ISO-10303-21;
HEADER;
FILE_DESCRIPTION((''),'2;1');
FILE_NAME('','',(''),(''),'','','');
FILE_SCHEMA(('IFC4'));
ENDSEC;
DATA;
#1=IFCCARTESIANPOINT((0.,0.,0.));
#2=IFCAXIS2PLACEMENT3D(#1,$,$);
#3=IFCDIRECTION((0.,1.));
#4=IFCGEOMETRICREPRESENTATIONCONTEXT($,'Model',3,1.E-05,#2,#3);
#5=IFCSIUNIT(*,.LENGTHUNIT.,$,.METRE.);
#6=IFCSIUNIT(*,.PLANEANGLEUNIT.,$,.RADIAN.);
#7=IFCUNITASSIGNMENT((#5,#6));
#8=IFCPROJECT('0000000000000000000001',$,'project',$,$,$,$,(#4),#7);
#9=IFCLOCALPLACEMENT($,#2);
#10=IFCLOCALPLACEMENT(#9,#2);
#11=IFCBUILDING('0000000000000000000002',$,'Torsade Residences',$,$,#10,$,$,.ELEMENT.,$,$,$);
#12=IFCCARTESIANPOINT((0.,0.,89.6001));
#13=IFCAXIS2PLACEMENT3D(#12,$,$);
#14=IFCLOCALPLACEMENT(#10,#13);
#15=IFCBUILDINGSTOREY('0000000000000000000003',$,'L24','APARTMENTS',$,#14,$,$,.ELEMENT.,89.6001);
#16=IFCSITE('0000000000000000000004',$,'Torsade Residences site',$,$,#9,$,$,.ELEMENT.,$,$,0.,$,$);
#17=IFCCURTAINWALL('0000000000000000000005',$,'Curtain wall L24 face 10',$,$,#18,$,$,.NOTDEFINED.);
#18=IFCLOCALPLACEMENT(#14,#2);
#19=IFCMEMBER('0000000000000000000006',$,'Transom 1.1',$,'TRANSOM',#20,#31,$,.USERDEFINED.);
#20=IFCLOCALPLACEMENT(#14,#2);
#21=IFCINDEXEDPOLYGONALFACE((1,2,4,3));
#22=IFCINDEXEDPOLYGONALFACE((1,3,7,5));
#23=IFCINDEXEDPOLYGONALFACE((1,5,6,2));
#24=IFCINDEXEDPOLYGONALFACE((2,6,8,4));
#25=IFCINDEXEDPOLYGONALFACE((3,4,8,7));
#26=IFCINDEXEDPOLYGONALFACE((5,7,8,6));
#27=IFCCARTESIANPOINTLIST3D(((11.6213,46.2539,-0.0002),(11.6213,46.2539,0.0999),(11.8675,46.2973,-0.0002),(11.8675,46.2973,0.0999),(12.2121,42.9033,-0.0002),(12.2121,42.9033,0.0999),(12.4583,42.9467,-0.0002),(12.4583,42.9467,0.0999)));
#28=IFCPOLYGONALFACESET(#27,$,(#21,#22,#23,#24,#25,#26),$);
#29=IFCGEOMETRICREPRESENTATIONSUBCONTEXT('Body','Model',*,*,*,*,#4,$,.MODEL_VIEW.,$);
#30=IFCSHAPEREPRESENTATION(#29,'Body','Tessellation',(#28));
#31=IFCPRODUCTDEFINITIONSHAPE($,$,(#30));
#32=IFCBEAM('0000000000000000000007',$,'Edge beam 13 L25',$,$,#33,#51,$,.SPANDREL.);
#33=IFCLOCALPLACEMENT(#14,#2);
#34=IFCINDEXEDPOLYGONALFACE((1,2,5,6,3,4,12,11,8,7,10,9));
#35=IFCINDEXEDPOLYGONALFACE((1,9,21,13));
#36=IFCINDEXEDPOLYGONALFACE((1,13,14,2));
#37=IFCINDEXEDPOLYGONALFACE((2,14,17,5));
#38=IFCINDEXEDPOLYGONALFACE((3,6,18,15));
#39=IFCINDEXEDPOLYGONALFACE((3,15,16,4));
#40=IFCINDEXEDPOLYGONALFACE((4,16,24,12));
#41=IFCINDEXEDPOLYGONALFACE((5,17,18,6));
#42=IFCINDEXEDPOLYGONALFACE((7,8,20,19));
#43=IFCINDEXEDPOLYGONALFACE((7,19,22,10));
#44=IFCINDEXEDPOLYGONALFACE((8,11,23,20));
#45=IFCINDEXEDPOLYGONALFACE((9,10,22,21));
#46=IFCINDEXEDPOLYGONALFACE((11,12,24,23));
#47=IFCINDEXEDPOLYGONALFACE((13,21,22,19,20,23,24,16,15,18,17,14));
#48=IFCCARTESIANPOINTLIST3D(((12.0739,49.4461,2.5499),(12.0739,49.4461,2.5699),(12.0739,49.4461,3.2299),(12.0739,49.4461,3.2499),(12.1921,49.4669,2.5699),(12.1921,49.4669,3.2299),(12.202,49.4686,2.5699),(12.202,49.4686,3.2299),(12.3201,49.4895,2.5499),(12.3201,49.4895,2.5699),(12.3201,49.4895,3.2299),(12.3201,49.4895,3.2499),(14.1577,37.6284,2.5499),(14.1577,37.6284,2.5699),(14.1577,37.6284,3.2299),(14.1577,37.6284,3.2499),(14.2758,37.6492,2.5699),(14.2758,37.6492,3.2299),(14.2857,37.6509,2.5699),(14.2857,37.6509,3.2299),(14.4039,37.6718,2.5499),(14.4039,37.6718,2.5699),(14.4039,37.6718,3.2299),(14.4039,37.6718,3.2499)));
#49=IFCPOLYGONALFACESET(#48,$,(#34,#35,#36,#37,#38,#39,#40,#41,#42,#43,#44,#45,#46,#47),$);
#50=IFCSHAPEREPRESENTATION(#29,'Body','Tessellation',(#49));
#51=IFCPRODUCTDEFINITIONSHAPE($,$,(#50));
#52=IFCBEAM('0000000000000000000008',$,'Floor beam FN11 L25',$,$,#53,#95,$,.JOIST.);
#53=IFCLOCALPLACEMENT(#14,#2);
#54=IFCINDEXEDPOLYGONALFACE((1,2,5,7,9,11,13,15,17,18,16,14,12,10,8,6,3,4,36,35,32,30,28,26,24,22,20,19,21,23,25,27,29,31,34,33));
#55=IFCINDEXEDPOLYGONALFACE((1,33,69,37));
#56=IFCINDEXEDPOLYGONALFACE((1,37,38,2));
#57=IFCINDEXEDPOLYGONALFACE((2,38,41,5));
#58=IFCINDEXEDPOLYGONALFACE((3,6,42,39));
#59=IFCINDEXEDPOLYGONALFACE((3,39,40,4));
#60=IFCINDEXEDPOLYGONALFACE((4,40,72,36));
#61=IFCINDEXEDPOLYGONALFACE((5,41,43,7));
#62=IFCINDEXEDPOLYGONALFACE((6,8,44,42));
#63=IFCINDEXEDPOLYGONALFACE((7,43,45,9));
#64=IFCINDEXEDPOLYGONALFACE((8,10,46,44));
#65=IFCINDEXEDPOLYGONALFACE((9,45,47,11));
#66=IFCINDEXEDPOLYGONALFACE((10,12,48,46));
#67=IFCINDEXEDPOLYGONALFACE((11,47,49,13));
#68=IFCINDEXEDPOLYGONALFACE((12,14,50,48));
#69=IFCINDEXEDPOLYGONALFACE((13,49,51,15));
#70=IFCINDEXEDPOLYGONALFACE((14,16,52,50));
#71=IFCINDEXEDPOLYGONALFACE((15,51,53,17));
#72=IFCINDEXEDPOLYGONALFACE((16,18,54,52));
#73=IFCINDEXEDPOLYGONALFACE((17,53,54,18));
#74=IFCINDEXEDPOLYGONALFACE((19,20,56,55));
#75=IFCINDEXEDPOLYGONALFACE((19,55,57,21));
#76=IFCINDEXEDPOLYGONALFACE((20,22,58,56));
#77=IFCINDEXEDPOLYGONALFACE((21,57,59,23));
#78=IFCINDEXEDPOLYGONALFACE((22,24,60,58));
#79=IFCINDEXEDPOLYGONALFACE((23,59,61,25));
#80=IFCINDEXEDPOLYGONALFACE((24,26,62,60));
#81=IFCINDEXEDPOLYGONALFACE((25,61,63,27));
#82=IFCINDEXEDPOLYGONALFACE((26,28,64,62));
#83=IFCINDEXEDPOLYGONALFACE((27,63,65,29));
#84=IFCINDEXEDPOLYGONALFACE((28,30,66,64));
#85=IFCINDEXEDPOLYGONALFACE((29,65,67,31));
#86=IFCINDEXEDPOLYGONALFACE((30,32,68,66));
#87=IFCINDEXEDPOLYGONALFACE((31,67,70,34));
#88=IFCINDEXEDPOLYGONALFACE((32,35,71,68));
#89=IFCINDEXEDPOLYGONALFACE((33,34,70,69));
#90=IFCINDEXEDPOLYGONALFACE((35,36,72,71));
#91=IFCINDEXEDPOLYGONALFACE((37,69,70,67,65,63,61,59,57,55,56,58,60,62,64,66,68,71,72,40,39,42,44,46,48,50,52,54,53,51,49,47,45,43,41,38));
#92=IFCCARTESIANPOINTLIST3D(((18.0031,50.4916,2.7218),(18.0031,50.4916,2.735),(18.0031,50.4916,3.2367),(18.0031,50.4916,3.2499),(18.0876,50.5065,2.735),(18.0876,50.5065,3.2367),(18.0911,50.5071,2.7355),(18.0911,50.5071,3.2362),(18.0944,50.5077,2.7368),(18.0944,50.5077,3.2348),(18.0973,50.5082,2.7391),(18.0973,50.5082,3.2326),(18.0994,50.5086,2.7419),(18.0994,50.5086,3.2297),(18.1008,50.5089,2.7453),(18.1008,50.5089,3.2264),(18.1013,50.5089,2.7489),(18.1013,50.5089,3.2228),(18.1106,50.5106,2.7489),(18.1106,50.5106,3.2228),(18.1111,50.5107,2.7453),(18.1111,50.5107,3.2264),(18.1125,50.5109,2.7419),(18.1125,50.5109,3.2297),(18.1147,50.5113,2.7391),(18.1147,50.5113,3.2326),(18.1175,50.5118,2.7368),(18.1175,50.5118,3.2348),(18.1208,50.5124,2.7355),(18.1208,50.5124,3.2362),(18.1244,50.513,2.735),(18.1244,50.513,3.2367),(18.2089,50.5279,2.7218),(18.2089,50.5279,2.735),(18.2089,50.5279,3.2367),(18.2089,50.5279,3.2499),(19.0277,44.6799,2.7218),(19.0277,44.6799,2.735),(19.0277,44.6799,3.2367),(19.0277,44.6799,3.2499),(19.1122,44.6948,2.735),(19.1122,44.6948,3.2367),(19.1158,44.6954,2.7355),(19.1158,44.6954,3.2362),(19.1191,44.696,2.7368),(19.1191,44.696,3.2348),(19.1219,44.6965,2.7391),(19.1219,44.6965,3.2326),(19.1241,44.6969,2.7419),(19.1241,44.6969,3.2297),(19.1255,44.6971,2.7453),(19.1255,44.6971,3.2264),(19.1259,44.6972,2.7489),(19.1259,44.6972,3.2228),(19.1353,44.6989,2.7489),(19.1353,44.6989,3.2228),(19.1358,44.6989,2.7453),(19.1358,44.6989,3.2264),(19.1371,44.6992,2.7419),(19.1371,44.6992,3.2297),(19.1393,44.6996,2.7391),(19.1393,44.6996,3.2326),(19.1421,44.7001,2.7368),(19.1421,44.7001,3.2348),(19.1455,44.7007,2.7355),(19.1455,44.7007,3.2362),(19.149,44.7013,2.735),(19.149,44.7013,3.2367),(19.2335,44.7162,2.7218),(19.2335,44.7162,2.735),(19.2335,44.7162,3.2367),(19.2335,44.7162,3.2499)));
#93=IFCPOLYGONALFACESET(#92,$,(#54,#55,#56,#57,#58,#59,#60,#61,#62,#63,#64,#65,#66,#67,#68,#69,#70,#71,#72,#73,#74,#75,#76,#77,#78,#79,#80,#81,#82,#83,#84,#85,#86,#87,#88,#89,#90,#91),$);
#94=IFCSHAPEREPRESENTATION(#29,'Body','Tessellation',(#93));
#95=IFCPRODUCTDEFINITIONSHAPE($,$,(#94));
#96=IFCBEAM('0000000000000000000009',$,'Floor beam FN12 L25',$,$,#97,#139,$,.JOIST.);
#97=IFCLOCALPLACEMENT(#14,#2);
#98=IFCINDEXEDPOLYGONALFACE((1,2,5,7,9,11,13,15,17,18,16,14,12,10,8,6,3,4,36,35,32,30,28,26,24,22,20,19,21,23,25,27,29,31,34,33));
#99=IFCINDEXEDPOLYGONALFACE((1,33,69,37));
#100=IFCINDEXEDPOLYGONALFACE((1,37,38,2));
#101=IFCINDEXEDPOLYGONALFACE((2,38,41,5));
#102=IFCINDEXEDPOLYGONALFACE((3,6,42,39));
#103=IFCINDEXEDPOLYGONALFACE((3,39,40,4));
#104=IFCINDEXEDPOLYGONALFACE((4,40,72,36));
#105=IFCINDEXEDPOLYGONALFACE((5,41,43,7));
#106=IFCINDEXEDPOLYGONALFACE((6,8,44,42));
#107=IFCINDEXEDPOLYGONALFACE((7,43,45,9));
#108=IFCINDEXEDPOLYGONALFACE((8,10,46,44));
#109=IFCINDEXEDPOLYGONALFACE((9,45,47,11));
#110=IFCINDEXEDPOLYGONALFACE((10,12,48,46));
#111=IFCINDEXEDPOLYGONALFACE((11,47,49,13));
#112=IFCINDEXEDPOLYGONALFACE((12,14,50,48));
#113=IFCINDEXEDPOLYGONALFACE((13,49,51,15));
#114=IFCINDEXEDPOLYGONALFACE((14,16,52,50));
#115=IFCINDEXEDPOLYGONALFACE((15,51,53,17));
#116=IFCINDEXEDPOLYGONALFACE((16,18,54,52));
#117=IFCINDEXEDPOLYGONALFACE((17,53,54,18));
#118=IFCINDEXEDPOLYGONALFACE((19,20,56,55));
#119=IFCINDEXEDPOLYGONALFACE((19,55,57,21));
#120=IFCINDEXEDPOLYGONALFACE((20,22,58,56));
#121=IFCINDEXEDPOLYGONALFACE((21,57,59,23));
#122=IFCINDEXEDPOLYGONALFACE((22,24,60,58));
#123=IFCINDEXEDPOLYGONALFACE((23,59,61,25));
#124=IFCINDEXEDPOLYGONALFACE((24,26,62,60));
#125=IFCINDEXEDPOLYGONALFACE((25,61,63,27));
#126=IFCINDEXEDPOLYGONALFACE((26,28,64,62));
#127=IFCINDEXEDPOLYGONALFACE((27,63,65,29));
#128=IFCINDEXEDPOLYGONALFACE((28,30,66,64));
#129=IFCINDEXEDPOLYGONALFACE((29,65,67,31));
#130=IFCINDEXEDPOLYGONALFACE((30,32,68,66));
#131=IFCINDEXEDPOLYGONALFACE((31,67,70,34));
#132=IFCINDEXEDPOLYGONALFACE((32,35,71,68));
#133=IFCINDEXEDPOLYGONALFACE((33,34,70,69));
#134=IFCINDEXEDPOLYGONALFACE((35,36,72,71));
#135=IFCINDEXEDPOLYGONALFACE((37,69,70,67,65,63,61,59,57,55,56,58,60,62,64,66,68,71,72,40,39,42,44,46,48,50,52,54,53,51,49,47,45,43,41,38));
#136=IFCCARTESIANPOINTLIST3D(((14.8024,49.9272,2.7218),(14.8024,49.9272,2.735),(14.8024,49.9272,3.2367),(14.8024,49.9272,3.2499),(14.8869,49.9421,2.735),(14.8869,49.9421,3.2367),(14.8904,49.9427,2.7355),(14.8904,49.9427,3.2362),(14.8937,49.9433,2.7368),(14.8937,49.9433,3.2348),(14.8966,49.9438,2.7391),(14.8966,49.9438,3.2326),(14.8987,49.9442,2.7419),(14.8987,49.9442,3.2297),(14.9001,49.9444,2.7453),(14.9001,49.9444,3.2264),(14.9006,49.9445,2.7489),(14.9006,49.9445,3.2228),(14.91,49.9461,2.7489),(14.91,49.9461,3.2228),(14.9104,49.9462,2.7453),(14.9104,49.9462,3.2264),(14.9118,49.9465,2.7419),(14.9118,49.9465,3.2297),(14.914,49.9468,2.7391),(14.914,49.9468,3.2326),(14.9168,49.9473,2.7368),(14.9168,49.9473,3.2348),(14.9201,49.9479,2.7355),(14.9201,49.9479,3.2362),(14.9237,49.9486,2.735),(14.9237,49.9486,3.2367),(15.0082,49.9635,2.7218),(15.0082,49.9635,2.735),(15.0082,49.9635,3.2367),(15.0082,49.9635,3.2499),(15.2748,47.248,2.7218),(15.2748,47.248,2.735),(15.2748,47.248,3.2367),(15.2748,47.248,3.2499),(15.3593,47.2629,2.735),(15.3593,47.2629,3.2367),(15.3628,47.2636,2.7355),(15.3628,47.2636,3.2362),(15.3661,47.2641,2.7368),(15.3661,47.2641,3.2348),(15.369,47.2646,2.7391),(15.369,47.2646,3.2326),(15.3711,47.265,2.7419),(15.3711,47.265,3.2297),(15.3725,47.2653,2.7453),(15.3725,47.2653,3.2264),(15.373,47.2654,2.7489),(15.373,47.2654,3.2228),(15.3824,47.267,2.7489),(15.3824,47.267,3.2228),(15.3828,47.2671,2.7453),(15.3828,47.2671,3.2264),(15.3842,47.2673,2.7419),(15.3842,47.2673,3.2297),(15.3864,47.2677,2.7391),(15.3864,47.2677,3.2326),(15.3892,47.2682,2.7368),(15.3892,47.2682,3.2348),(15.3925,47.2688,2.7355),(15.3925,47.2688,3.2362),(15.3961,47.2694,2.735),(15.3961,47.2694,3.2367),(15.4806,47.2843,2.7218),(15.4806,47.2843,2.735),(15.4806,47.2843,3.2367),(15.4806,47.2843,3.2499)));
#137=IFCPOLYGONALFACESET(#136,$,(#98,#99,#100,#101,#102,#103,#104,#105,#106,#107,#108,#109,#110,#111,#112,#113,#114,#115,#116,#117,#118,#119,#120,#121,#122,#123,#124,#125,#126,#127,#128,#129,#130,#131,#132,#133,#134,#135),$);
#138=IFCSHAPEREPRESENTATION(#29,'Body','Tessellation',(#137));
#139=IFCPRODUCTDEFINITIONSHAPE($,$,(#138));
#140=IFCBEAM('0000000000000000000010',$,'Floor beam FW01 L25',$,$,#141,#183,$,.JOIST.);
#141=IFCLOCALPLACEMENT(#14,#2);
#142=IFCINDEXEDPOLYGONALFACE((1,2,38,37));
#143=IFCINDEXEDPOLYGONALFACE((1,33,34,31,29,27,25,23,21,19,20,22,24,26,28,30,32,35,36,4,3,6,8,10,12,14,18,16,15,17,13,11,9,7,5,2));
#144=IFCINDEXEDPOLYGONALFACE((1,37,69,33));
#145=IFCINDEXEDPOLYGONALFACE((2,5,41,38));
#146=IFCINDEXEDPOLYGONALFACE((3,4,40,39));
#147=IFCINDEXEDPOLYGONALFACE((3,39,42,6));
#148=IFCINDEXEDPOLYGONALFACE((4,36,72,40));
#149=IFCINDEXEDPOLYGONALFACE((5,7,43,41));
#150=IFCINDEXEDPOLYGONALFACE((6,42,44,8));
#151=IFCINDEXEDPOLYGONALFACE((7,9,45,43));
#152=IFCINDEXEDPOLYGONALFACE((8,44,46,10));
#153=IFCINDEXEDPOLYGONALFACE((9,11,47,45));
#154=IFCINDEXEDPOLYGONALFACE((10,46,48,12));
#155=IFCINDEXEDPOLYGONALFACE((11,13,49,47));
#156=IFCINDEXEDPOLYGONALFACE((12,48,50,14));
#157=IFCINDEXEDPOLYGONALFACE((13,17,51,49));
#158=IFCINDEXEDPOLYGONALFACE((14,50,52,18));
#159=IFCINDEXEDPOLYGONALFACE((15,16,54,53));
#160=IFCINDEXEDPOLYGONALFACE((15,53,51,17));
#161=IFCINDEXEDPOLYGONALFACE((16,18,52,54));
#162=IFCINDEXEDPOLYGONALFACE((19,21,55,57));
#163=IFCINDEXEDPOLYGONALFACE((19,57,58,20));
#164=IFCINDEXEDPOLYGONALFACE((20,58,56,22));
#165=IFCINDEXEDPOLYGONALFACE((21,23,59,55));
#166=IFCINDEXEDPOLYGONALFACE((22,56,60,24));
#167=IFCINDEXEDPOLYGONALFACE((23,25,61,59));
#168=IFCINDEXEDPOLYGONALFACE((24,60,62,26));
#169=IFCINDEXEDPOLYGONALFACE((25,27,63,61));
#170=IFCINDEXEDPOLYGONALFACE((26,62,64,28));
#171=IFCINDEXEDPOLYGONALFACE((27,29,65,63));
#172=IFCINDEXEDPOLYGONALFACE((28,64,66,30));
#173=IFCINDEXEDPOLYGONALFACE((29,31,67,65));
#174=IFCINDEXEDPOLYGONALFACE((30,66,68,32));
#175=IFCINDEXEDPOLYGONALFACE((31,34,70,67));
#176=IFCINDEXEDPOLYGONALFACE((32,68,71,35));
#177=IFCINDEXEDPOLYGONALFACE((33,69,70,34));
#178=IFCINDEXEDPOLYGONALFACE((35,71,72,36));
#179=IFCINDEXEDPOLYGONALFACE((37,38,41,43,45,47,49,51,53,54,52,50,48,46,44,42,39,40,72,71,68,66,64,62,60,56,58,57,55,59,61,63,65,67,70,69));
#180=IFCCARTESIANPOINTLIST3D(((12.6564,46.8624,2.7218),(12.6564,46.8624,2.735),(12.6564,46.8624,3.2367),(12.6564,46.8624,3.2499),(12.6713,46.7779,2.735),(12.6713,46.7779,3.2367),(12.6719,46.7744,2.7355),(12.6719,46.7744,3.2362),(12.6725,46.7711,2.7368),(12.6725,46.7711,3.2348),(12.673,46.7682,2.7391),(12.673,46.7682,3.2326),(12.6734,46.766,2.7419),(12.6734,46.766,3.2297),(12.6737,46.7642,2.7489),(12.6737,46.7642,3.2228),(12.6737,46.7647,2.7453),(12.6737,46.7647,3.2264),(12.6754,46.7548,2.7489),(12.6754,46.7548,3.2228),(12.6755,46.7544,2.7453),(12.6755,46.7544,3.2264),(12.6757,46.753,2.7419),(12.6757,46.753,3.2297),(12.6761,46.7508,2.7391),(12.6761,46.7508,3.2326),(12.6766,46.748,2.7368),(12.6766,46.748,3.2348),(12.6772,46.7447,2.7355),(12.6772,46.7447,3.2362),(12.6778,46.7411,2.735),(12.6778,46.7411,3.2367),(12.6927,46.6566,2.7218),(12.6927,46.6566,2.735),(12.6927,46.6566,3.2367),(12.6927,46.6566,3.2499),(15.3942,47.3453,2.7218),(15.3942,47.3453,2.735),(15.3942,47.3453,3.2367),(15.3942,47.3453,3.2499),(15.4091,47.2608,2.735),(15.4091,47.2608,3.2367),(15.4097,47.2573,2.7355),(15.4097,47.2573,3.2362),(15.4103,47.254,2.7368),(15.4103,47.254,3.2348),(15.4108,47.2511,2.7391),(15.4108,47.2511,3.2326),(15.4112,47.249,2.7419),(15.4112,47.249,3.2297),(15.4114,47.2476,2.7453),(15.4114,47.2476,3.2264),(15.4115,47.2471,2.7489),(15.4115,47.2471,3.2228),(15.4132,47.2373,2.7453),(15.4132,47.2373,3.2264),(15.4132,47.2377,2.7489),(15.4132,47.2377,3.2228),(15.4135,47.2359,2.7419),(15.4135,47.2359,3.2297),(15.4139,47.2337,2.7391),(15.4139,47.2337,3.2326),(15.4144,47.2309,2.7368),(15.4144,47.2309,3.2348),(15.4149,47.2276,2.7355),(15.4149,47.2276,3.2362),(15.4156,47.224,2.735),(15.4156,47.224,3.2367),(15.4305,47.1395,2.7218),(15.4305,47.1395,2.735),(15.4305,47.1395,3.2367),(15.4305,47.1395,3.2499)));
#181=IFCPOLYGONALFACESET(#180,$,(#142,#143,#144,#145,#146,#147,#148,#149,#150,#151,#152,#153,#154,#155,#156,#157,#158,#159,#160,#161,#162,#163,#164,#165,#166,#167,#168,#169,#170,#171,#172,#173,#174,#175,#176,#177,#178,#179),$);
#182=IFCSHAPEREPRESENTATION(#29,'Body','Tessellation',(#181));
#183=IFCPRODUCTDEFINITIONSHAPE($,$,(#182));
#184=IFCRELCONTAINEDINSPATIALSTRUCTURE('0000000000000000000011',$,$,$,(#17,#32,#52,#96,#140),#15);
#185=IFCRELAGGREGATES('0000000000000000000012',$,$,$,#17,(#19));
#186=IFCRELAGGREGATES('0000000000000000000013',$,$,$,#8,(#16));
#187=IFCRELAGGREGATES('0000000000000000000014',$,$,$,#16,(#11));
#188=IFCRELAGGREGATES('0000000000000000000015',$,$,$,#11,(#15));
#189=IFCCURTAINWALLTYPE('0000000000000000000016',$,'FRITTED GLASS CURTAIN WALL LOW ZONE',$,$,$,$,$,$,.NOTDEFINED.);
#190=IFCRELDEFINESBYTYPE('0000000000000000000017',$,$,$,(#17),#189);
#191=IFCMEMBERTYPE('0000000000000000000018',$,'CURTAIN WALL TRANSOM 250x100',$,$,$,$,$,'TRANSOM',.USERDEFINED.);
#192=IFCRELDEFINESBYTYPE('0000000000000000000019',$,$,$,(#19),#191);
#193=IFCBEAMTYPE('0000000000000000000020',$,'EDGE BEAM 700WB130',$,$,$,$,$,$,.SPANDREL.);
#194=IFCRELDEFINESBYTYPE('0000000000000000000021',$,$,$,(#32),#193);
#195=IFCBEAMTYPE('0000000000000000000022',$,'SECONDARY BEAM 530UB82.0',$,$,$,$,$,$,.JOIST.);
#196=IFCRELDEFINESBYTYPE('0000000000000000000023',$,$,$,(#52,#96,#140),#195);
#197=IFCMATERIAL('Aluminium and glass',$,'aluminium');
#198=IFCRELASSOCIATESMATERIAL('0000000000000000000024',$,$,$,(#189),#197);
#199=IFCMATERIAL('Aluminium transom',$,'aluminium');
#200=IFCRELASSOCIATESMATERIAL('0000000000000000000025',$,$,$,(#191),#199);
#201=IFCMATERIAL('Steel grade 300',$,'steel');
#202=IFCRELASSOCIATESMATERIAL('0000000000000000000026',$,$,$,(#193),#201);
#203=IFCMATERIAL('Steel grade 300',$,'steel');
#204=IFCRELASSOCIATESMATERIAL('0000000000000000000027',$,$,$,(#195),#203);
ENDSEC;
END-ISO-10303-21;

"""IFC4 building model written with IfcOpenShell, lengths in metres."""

from ifc_helpers import new_model, si_unit, direction, frame, origin, origin_2d, place, context, subcontext, project, spatial, rectangle, i_section, extrude, material, material_profile, profile_set, type_object, element, aggregate, save


model = new_model("IFC4")

# Units and contexts
model_context = context("Model", 3, precision=1e-05, world=origin(), true_north=direction((0.0, 1.0)))
body_context = subcontext(model_context, "Body", "Model", "MODEL_VIEW")
ifc_project = project(units=[si_unit("LENGTHUNIT", "METRE"), si_unit("PLANEANGLEUNIT", "RADIAN")], contexts=[model_context])

# Site, building, storey
site_placement = place(None, origin())
site = spatial("IfcSite", under=ifc_project, at=site_placement, Name="Torsade Residences site", CompositionType="ELEMENT", RefElevation=0.0)
building_placement = place(site_placement, origin())
building = spatial("IfcBuilding", under=site, at=building_placement, Name="Torsade Residences", CompositionType="ELEMENT")
storey_placement = place(building_placement, frame((0.0, 0.0, 89.6001)))
storey = spatial("IfcBuildingStorey", under=building, at=storey_placement, Name="L24", Description="APARTMENTS", CompositionType="ELEMENT", Elevation=89.6001)

# Shared definitions
ifc_material_1 = material(Name="Aluminium and glass", Category="aluminium")
curtain_wall_type = type_object("IfcCurtainWallType", Name="FRITTED GLASS CURTAIN WALL LOW ZONE", PredefinedType="NOTDEFINED", material=ifc_material_1)

# Curtain wall
curtain_wall_1_placement = place(storey_placement, origin())
curtain_wall_1 = element("IfcCurtainWall", 1, at=curtain_wall_1_placement, inside=storey, type_object=curtain_wall_type, Name="Curtain wall L24 face 10", PredefinedType="NOTDEFINED")

# Member
ifc_material_2 = material(Name="Aluminium transom", Category="aluminium")
ifc_material_profile_1 = material_profile(ifc_material_2, rectangle(XDim=0.25, YDim=0.1001, at=origin_2d()), Name="CURTAIN WALL TRANSOM 250x100")
ifc_profile_set_1 = profile_set([ifc_material_profile_1], Name="Aluminium transom")
member_type_1 = type_object("IfcMemberType", Name="CURTAIN WALL TRANSOM 250x100", ElementType="TRANSOM", PredefinedType="USERDEFINED", material=ifc_profile_set_1)
member_1_placement = place(storey_placement, frame((11.7444, 46.2756, 0.0498), z_axis=(0.173654, -0.984807, 0.0), x_axis=(0.984807, 0.173654, 0.0)))
member_1 = element("IfcMember", 2, at=member_1_placement, type_object=member_type_1, Name="Transom 1.1", ObjectType="TRANSOM", PredefinedType="USERDEFINED", context=body_context, shape_type="SweptSolid", body=[
    extrude(rectangle(XDim=0.25, YDim=0.1001, at=origin_2d()), origin(), (0.0, 0.0, 1.0), 3.4023),
])

# Beams
ifc_material_3 = material(Name="Steel grade 300", Category="steel")
ifc_material_profile_2 = material_profile(ifc_material_3, i_section(OverallWidth=0.25, OverallDepth=0.7, WebThickness=0.01, FlangeThickness=0.02, at=origin_2d()), Name="700WB130")
ifc_profile_set_2 = profile_set([ifc_material_profile_2], Name="Steel grade 300")
beam_type_1 = type_object("IfcBeamType", Name="EDGE BEAM 700WB130", PredefinedType="SPANDREL", material=ifc_profile_set_2)
beam_1_placement = place(storey_placement, frame((12.197, 49.4678, 2.8999), z_axis=(0.173646, -0.984808, 0.0), x_axis=(0.984808, 0.173646, 0.0)))
element("IfcBeam", 3, at=beam_1_placement, inside=storey, type_object=beam_type_1, Name="Edge beam 13 L25", PredefinedType="SPANDREL", context=body_context, shape_type="SweptSolid", body=[
    extrude(i_section(OverallWidth=0.25, OverallDepth=0.7, WebThickness=0.01, FlangeThickness=0.02, at=origin_2d()), origin(), (0.0, 0.0, 1.0), 12.0),
])
ifc_material_4 = material(Name="Steel grade 300", Category="steel")
ifc_material_profile_3 = material_profile(ifc_material_4, i_section(OverallWidth=0.209, OverallDepth=0.5281, WebThickness=0.0095, FlangeThickness=0.0132, FilletRadius=0.0139, at=origin_2d()), Name="530UB82.0")
ifc_profile_set_3 = profile_set([ifc_material_profile_3], Name="Steel grade 300")
beam_type_2 = type_object("IfcBeamType", Name="SECONDARY BEAM 530UB82.0", PredefinedType="JOIST", material=ifc_profile_set_3)
beam_2_placement = place(storey_placement, frame((18.106, 50.5098, 2.9858), z_axis=(0.17363, -0.984811, 0.0), x_axis=(0.984811, 0.17363, 0.0)))
element("IfcBeam", 4, at=beam_2_placement, inside=storey, type_object=beam_type_2, Name="Floor beam FN11 L25", PredefinedType="JOIST", context=body_context, shape_type="SweptSolid", body=[
    extrude(i_section(OverallWidth=0.209, OverallDepth=0.5281, WebThickness=0.0095, FlangeThickness=0.0132, FilletRadius=0.0139, at=origin_2d()), origin(), (0.0, 0.0, 1.0), 5.9014),
])
beam_3_placement = place(storey_placement, frame((14.9053, 49.9453, 2.9858), z_axis=(0.173647, -0.984808, 0.0), x_axis=(0.984808, 0.173647, 0.0)))
element("IfcBeam", 5, at=beam_3_placement, inside=storey, type_object=beam_type_2, Name="Floor beam FN12 L25", PredefinedType="JOIST", context=body_context, shape_type="SweptSolid", body=[
    extrude(i_section(OverallWidth=0.209, OverallDepth=0.5281, WebThickness=0.0095, FlangeThickness=0.0132, FilletRadius=0.0139, at=origin_2d()), origin(), (0.0, 0.0, 1.0), 2.7205),
])
beam_4_placement = place(storey_placement, frame((12.6746, 46.7595, 2.9858), z_axis=(0.984798, 0.173705, 0.0), x_axis=(-0.173705, 0.984798, 0.0)))
element("IfcBeam", 6, at=beam_4_placement, inside=storey, type_object=beam_type_2, Name="Floor beam FW01 L25", PredefinedType="JOIST", context=body_context, shape_type="SweptSolid", body=[
    extrude(i_section(OverallWidth=0.209, OverallDepth=0.5281, WebThickness=0.0095, FlangeThickness=0.0132, FilletRadius=0.0139, at=origin_2d()), origin(), (0.0, 0.0, 1.0), 2.78),
])

aggregate(curtain_wall_1, [member_1])

save(model, "model.ifc")
